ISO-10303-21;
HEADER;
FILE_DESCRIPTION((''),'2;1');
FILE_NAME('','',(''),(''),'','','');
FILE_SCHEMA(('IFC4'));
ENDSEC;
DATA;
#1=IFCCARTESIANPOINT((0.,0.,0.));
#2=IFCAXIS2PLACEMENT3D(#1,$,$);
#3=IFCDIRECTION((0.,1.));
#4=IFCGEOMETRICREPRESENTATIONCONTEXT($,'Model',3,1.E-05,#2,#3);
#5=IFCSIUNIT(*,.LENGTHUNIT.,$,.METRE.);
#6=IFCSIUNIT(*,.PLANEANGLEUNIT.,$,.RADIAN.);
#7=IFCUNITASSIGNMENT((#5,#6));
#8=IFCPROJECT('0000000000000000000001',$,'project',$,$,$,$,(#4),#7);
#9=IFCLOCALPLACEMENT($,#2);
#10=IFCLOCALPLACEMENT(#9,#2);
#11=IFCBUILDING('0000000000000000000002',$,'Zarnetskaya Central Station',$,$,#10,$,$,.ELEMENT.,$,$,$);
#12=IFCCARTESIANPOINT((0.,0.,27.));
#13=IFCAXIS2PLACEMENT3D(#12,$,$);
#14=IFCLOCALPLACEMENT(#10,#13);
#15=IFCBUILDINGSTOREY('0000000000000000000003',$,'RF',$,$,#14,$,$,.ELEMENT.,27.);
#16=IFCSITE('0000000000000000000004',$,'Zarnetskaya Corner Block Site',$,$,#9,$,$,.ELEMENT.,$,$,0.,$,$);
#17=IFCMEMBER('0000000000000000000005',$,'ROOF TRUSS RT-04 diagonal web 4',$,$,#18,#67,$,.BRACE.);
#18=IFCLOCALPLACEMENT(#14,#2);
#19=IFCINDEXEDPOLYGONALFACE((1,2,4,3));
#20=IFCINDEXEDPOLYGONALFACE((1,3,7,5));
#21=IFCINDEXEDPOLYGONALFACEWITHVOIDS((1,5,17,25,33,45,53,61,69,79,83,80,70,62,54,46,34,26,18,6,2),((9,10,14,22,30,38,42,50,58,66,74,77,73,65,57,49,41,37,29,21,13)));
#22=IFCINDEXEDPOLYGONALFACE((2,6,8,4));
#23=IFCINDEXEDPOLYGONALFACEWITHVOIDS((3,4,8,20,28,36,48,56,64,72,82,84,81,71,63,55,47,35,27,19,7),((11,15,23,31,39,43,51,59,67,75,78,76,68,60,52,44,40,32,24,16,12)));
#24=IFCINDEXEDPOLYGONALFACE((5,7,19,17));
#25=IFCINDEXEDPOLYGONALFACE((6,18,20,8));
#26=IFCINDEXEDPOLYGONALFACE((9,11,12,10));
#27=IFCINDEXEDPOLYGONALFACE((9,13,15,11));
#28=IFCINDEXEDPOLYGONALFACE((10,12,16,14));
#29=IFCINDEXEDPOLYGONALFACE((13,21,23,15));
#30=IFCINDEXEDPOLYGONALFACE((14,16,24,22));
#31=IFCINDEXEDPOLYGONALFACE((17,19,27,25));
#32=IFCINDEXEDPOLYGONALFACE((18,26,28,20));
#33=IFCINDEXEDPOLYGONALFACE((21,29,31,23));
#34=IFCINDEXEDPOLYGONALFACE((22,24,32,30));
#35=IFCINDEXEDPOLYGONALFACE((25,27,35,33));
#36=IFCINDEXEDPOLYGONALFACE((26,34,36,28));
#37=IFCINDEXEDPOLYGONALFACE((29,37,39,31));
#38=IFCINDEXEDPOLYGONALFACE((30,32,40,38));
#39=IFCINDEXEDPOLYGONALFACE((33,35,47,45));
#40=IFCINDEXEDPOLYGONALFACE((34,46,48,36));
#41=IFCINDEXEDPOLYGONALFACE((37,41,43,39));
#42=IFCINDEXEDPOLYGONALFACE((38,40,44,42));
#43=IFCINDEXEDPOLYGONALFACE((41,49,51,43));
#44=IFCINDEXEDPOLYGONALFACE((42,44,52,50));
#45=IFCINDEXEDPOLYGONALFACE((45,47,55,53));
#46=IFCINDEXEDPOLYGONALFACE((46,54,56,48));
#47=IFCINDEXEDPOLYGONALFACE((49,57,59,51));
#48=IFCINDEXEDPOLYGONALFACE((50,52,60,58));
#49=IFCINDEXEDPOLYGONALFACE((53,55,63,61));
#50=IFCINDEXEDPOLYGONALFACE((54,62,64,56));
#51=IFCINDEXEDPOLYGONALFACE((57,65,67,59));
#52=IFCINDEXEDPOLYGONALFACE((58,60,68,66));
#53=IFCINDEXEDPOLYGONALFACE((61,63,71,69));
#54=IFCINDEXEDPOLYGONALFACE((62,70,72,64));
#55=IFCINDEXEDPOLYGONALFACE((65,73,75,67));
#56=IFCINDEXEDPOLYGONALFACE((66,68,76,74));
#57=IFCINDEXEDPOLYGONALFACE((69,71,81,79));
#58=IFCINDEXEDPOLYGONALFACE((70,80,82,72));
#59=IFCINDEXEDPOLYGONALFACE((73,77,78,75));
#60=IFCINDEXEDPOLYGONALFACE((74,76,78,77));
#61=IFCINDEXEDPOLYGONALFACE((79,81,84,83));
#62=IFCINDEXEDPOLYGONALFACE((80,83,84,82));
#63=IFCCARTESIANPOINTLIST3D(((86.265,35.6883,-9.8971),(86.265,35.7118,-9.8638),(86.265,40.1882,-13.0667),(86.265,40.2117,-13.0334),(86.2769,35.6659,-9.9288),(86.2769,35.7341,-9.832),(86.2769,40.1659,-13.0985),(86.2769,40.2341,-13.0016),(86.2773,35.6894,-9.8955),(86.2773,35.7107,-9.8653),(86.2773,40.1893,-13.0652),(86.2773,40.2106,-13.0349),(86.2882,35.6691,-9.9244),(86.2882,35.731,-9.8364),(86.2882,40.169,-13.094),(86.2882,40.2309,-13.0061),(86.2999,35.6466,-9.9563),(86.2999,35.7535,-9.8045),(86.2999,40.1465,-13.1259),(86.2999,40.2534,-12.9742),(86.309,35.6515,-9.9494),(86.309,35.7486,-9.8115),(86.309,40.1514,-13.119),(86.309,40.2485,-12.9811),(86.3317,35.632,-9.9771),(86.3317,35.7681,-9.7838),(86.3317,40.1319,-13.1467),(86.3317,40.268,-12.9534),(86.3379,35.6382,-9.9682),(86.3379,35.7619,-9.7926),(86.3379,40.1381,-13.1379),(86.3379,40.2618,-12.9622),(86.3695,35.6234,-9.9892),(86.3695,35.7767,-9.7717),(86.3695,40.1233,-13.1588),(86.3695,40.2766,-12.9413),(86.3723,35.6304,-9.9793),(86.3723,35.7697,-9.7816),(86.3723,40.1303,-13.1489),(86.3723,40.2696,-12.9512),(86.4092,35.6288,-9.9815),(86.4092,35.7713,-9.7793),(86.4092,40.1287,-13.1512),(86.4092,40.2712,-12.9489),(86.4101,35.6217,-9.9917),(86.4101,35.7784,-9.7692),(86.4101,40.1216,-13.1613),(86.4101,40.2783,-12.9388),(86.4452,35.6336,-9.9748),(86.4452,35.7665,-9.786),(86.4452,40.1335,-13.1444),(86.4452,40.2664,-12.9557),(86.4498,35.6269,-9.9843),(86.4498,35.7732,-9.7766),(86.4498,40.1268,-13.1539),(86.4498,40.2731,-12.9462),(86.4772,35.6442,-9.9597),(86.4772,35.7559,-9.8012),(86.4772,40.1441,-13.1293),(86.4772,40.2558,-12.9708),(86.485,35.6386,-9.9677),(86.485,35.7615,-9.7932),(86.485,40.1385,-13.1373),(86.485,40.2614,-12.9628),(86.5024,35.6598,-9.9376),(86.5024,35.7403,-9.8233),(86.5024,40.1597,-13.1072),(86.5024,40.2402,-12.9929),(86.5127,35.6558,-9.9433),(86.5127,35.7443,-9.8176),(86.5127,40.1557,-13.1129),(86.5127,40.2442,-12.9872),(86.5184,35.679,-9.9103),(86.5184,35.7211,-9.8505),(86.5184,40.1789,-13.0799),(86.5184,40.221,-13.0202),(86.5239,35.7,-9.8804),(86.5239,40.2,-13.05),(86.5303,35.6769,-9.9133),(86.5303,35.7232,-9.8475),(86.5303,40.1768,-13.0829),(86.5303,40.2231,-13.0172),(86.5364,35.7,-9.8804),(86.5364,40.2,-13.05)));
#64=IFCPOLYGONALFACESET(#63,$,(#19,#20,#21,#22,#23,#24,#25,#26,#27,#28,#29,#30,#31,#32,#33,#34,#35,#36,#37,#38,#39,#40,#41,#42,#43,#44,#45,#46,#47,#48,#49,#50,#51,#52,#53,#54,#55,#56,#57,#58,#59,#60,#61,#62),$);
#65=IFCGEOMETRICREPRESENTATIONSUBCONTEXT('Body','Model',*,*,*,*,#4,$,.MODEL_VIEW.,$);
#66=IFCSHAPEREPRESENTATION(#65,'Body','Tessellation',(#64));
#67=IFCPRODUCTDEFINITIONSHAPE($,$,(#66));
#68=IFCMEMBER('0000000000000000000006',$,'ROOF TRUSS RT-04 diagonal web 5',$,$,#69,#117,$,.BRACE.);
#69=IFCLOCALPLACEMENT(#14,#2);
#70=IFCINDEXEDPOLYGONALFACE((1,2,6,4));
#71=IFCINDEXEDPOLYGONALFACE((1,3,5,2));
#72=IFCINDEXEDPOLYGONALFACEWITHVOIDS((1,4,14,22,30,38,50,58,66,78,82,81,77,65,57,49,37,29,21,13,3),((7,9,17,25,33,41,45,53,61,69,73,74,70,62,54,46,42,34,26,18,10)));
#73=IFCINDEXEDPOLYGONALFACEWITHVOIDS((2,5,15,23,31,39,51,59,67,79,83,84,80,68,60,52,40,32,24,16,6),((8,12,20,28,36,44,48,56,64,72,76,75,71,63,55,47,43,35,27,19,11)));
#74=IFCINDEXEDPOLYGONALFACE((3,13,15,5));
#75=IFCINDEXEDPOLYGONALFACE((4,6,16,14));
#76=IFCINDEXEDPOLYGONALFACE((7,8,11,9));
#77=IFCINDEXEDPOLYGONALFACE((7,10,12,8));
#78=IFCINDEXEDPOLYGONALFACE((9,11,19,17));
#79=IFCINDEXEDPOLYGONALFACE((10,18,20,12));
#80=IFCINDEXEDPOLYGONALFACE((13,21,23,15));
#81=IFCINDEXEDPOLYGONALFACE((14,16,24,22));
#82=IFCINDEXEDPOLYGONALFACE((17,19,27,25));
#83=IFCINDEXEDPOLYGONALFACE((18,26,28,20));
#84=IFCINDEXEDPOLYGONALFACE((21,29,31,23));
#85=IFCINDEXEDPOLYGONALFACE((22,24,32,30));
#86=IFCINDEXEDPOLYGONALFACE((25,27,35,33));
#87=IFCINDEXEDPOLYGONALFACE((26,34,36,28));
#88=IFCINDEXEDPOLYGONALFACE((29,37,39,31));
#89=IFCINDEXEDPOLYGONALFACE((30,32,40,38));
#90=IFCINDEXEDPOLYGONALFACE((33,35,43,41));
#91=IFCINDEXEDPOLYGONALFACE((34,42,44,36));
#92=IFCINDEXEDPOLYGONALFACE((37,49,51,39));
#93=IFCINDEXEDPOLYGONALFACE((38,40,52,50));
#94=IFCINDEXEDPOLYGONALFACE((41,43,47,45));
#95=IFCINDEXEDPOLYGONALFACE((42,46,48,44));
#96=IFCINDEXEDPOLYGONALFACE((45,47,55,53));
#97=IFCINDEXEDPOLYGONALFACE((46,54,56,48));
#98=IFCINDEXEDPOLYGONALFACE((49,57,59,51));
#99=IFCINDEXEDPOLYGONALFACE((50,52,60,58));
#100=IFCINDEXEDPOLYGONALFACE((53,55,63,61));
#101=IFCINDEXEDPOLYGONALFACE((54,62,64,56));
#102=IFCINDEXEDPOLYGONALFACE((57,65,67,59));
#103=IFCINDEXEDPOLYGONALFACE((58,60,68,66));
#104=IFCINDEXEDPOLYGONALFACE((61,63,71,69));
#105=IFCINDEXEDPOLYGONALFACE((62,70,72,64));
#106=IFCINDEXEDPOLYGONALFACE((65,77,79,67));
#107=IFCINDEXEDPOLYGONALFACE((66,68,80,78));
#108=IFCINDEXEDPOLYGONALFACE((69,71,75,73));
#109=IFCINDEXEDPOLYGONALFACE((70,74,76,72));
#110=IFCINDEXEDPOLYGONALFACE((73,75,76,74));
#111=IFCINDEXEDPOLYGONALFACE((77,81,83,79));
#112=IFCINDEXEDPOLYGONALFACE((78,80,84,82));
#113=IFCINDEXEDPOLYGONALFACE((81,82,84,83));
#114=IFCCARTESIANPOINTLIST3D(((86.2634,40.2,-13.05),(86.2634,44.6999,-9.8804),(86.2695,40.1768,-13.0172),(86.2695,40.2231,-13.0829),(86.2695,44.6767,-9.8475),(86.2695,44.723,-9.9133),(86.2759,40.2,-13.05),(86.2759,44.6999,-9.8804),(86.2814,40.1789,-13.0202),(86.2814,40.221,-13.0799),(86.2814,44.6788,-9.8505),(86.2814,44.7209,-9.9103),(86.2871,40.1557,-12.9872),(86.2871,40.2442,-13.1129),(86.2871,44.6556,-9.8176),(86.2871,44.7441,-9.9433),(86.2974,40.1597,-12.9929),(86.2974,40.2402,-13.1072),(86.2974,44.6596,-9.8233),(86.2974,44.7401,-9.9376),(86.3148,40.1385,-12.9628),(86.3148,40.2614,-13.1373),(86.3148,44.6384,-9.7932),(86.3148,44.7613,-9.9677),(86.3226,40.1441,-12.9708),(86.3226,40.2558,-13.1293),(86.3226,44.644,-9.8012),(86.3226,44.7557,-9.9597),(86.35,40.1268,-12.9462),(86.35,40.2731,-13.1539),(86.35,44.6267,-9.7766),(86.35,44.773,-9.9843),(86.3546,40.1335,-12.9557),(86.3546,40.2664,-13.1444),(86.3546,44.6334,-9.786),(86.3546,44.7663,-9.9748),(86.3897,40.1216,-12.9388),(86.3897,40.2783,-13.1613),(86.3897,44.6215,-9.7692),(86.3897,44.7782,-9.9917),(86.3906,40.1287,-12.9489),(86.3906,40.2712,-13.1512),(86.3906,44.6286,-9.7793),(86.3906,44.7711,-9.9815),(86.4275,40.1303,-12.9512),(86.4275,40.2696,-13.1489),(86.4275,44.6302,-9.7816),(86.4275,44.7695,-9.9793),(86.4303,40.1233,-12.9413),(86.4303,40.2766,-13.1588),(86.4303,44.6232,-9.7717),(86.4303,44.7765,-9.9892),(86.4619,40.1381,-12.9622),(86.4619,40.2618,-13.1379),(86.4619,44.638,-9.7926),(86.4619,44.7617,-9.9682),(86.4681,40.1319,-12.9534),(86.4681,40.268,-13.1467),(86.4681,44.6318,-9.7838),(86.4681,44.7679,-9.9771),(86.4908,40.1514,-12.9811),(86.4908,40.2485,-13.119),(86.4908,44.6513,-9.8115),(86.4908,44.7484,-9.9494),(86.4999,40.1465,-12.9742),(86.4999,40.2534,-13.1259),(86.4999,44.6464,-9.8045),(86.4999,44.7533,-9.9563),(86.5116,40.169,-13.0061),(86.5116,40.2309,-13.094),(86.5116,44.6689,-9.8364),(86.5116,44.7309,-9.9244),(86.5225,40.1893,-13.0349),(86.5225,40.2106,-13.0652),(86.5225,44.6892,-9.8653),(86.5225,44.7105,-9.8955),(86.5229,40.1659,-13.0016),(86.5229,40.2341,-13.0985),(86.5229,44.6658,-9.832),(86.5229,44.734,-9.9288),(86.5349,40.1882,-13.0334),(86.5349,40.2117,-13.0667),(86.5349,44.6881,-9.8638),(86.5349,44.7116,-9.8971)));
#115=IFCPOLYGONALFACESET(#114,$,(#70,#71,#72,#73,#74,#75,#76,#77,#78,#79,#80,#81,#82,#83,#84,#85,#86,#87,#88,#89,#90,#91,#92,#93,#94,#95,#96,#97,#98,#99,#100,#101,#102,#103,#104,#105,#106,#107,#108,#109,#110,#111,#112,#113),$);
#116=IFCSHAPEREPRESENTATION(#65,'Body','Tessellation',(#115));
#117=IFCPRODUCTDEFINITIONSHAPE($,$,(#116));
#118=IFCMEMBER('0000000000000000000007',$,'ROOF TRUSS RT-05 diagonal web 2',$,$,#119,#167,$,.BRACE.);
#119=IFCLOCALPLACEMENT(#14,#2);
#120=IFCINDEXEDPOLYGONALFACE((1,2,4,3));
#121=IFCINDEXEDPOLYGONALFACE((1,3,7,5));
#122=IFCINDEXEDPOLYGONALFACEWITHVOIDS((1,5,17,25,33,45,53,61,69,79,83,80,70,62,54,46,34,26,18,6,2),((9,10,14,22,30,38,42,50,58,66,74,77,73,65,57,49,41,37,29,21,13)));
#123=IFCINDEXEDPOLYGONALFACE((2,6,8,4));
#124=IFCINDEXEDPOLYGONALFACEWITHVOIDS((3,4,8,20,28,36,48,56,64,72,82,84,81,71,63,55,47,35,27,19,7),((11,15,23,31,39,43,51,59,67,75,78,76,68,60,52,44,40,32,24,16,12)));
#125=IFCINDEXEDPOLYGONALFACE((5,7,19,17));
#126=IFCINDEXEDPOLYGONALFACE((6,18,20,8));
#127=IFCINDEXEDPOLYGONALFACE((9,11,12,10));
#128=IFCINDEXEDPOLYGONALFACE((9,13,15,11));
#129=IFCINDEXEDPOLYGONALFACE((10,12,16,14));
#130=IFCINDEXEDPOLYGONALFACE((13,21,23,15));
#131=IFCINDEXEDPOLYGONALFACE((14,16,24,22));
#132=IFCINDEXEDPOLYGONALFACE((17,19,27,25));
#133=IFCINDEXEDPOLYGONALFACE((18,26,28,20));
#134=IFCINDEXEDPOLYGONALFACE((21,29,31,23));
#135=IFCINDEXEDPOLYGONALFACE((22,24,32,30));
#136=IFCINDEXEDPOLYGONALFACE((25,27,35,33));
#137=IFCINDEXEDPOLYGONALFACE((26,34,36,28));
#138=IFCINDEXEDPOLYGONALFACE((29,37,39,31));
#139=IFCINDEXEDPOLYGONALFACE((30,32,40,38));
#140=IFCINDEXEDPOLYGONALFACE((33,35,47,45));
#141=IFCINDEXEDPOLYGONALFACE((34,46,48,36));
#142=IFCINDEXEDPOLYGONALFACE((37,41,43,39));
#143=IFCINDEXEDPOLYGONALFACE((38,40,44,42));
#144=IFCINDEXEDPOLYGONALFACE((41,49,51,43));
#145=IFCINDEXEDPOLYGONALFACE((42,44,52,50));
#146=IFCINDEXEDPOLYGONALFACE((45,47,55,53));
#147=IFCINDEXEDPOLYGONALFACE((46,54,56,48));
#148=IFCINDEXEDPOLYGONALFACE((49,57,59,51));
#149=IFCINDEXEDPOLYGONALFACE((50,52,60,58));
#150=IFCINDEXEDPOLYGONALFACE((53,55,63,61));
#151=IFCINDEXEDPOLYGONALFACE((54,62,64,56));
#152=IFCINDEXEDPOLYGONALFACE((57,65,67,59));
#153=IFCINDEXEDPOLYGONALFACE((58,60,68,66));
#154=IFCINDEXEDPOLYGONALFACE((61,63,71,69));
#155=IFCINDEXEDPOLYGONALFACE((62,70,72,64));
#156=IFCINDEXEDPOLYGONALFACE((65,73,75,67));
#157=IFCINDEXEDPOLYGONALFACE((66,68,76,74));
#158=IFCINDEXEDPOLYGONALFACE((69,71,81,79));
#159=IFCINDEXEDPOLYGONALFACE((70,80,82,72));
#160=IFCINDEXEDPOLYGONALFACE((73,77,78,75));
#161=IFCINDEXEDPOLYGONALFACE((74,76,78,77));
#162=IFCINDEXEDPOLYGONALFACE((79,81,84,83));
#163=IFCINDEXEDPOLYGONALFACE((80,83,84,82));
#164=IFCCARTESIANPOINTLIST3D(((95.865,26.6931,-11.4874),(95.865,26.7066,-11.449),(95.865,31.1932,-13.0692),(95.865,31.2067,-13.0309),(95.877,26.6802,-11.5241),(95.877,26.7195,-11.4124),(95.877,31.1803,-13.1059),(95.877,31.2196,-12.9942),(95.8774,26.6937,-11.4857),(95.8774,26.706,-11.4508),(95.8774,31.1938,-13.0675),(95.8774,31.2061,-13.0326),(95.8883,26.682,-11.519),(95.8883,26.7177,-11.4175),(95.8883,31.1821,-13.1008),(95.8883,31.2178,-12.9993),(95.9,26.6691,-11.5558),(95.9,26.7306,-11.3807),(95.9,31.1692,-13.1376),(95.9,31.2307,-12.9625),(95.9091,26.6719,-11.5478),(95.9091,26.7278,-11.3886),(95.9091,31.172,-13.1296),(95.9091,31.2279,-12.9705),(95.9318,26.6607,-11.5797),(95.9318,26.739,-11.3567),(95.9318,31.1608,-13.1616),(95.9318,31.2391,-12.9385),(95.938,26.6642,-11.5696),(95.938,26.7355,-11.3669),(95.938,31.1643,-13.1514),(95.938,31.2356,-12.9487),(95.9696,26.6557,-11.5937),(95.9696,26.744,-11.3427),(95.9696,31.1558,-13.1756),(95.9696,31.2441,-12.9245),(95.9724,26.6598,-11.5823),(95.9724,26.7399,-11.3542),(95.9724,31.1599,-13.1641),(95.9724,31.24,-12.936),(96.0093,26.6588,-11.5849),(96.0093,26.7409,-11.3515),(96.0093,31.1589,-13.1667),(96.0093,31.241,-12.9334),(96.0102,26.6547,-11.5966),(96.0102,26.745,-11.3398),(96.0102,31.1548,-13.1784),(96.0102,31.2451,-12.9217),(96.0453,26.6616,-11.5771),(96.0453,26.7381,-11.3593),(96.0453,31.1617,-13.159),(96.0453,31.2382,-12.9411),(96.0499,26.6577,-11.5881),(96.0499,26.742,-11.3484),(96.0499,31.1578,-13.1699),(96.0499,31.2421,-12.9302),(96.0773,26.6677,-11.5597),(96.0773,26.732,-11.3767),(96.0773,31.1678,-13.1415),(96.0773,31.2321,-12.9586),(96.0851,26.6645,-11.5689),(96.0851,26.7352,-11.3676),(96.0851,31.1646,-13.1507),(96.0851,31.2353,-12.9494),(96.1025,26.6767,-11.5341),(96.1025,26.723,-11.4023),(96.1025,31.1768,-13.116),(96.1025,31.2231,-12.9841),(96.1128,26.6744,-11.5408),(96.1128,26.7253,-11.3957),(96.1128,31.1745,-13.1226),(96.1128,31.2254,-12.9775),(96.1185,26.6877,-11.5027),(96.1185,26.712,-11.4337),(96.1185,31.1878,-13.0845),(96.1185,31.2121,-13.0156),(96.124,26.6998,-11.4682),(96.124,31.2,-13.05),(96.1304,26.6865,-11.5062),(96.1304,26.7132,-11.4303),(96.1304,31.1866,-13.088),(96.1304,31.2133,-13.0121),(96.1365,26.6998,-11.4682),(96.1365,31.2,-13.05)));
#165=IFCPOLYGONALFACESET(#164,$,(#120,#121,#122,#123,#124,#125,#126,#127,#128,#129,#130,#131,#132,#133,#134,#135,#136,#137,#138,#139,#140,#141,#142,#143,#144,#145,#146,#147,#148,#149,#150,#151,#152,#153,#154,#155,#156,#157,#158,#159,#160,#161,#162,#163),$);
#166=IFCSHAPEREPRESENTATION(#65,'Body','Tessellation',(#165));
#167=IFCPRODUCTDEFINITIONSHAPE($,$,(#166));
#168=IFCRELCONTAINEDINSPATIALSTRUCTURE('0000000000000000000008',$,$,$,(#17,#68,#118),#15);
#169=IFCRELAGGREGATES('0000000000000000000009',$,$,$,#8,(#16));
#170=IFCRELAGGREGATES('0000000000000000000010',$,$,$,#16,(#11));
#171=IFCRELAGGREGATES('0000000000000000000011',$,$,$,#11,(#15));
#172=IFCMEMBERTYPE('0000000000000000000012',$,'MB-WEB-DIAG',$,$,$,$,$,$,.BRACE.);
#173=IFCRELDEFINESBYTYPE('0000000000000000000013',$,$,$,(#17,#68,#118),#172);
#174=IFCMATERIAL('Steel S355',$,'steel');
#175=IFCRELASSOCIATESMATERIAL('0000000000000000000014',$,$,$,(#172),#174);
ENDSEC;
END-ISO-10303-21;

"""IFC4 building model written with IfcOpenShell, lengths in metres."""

from ifc_helpers import new_model, si_unit, direction, frame, origin, origin_2d, place, context, subcontext, project, spatial, hollow_circle, extrude, material, material_profile, profile_set, type_object, element, save


model = new_model("IFC4")

# Units and contexts
model_context = context("Model", 3, precision=1e-05, world=origin(), true_north=direction((0.0, 1.0)))
body_context = subcontext(model_context, "Body", "Model", "MODEL_VIEW")
ifc_project = project(units=[si_unit("LENGTHUNIT", "METRE"), si_unit("PLANEANGLEUNIT", "RADIAN")], contexts=[model_context])

# Site, building, storey
site_placement = place(None, origin())
site = spatial("IfcSite", under=ifc_project, at=site_placement, Name="Zarnetskaya Corner Block Site", CompositionType="ELEMENT", RefElevation=0.0)
building_placement = place(site_placement, origin())
building = spatial("IfcBuilding", under=site, at=building_placement, Name="Zarnetskaya Central Station", CompositionType="ELEMENT")
storey_placement = place(building_placement, frame((0.0, 0.0, 27.0)))
storey = spatial("IfcBuildingStorey", under=building, at=storey_placement, Name="RF", CompositionType="ELEMENT", Elevation=27.0)

# Shared definitions
ifc_material = material(Name="Steel S355", Category="steel")

# Members
ifc_material_profile_1 = material_profile(ifc_material, hollow_circle(Radius=0.1365, WallThickness=0.0125, at=origin_2d()), Name="CHS 273x12.5")
ifc_profile_set_1 = profile_set([ifc_material_profile_1], Name="Steel S355")
member_type_1 = type_object("IfcMemberType", Name="MB-WEB-DIAG", PredefinedType="BRACE", material=ifc_profile_set_1)
for number, where, z_axis, x_axis, name in (
    (1, (86.3999, 40.2, -13.05), (0.0, -0.817549, 0.575859), (1.0, 0.0, 0.0), "ROOF TRUSS RT-04 diagonal web 4"),
    (2, (86.3999, 40.2, -13.05), (0.0, 0.817549, 0.575859), (-1.0, 0.0, 0.0), "ROOF TRUSS RT-04 diagonal web 5"),
):
    element("IfcMember", number, at=place(storey_placement, frame(where, z_axis=z_axis, x_axis=x_axis)), inside=storey, type_object=member_type_1, Name=name, PredefinedType="BRACE", context=body_context, shape_type="SweptSolid", body=[
        extrude(hollow_circle(Radius=0.1365, WallThickness=0.0125, at=origin_2d()), origin(), (0.0, 0.0, 1.0), 5.5042),
    ])
member_1_placement = place(storey_placement, frame((96.0, 31.2, -13.05), z_axis=(0.0, -0.943414, 0.331618), x_axis=(1.0, 0.0, 0.0)))
element("IfcMember", 3, at=member_1_placement, inside=storey, type_object=member_type_1, Name="ROOF TRUSS RT-05 diagonal web 2", PredefinedType="BRACE", context=body_context, shape_type="SweptSolid", body=[
    extrude(hollow_circle(Radius=0.1365, WallThickness=0.0125, at=origin_2d()), origin(), (0.0, 0.0, 1.0), 4.77),
])

save(model, "model.ifc")
